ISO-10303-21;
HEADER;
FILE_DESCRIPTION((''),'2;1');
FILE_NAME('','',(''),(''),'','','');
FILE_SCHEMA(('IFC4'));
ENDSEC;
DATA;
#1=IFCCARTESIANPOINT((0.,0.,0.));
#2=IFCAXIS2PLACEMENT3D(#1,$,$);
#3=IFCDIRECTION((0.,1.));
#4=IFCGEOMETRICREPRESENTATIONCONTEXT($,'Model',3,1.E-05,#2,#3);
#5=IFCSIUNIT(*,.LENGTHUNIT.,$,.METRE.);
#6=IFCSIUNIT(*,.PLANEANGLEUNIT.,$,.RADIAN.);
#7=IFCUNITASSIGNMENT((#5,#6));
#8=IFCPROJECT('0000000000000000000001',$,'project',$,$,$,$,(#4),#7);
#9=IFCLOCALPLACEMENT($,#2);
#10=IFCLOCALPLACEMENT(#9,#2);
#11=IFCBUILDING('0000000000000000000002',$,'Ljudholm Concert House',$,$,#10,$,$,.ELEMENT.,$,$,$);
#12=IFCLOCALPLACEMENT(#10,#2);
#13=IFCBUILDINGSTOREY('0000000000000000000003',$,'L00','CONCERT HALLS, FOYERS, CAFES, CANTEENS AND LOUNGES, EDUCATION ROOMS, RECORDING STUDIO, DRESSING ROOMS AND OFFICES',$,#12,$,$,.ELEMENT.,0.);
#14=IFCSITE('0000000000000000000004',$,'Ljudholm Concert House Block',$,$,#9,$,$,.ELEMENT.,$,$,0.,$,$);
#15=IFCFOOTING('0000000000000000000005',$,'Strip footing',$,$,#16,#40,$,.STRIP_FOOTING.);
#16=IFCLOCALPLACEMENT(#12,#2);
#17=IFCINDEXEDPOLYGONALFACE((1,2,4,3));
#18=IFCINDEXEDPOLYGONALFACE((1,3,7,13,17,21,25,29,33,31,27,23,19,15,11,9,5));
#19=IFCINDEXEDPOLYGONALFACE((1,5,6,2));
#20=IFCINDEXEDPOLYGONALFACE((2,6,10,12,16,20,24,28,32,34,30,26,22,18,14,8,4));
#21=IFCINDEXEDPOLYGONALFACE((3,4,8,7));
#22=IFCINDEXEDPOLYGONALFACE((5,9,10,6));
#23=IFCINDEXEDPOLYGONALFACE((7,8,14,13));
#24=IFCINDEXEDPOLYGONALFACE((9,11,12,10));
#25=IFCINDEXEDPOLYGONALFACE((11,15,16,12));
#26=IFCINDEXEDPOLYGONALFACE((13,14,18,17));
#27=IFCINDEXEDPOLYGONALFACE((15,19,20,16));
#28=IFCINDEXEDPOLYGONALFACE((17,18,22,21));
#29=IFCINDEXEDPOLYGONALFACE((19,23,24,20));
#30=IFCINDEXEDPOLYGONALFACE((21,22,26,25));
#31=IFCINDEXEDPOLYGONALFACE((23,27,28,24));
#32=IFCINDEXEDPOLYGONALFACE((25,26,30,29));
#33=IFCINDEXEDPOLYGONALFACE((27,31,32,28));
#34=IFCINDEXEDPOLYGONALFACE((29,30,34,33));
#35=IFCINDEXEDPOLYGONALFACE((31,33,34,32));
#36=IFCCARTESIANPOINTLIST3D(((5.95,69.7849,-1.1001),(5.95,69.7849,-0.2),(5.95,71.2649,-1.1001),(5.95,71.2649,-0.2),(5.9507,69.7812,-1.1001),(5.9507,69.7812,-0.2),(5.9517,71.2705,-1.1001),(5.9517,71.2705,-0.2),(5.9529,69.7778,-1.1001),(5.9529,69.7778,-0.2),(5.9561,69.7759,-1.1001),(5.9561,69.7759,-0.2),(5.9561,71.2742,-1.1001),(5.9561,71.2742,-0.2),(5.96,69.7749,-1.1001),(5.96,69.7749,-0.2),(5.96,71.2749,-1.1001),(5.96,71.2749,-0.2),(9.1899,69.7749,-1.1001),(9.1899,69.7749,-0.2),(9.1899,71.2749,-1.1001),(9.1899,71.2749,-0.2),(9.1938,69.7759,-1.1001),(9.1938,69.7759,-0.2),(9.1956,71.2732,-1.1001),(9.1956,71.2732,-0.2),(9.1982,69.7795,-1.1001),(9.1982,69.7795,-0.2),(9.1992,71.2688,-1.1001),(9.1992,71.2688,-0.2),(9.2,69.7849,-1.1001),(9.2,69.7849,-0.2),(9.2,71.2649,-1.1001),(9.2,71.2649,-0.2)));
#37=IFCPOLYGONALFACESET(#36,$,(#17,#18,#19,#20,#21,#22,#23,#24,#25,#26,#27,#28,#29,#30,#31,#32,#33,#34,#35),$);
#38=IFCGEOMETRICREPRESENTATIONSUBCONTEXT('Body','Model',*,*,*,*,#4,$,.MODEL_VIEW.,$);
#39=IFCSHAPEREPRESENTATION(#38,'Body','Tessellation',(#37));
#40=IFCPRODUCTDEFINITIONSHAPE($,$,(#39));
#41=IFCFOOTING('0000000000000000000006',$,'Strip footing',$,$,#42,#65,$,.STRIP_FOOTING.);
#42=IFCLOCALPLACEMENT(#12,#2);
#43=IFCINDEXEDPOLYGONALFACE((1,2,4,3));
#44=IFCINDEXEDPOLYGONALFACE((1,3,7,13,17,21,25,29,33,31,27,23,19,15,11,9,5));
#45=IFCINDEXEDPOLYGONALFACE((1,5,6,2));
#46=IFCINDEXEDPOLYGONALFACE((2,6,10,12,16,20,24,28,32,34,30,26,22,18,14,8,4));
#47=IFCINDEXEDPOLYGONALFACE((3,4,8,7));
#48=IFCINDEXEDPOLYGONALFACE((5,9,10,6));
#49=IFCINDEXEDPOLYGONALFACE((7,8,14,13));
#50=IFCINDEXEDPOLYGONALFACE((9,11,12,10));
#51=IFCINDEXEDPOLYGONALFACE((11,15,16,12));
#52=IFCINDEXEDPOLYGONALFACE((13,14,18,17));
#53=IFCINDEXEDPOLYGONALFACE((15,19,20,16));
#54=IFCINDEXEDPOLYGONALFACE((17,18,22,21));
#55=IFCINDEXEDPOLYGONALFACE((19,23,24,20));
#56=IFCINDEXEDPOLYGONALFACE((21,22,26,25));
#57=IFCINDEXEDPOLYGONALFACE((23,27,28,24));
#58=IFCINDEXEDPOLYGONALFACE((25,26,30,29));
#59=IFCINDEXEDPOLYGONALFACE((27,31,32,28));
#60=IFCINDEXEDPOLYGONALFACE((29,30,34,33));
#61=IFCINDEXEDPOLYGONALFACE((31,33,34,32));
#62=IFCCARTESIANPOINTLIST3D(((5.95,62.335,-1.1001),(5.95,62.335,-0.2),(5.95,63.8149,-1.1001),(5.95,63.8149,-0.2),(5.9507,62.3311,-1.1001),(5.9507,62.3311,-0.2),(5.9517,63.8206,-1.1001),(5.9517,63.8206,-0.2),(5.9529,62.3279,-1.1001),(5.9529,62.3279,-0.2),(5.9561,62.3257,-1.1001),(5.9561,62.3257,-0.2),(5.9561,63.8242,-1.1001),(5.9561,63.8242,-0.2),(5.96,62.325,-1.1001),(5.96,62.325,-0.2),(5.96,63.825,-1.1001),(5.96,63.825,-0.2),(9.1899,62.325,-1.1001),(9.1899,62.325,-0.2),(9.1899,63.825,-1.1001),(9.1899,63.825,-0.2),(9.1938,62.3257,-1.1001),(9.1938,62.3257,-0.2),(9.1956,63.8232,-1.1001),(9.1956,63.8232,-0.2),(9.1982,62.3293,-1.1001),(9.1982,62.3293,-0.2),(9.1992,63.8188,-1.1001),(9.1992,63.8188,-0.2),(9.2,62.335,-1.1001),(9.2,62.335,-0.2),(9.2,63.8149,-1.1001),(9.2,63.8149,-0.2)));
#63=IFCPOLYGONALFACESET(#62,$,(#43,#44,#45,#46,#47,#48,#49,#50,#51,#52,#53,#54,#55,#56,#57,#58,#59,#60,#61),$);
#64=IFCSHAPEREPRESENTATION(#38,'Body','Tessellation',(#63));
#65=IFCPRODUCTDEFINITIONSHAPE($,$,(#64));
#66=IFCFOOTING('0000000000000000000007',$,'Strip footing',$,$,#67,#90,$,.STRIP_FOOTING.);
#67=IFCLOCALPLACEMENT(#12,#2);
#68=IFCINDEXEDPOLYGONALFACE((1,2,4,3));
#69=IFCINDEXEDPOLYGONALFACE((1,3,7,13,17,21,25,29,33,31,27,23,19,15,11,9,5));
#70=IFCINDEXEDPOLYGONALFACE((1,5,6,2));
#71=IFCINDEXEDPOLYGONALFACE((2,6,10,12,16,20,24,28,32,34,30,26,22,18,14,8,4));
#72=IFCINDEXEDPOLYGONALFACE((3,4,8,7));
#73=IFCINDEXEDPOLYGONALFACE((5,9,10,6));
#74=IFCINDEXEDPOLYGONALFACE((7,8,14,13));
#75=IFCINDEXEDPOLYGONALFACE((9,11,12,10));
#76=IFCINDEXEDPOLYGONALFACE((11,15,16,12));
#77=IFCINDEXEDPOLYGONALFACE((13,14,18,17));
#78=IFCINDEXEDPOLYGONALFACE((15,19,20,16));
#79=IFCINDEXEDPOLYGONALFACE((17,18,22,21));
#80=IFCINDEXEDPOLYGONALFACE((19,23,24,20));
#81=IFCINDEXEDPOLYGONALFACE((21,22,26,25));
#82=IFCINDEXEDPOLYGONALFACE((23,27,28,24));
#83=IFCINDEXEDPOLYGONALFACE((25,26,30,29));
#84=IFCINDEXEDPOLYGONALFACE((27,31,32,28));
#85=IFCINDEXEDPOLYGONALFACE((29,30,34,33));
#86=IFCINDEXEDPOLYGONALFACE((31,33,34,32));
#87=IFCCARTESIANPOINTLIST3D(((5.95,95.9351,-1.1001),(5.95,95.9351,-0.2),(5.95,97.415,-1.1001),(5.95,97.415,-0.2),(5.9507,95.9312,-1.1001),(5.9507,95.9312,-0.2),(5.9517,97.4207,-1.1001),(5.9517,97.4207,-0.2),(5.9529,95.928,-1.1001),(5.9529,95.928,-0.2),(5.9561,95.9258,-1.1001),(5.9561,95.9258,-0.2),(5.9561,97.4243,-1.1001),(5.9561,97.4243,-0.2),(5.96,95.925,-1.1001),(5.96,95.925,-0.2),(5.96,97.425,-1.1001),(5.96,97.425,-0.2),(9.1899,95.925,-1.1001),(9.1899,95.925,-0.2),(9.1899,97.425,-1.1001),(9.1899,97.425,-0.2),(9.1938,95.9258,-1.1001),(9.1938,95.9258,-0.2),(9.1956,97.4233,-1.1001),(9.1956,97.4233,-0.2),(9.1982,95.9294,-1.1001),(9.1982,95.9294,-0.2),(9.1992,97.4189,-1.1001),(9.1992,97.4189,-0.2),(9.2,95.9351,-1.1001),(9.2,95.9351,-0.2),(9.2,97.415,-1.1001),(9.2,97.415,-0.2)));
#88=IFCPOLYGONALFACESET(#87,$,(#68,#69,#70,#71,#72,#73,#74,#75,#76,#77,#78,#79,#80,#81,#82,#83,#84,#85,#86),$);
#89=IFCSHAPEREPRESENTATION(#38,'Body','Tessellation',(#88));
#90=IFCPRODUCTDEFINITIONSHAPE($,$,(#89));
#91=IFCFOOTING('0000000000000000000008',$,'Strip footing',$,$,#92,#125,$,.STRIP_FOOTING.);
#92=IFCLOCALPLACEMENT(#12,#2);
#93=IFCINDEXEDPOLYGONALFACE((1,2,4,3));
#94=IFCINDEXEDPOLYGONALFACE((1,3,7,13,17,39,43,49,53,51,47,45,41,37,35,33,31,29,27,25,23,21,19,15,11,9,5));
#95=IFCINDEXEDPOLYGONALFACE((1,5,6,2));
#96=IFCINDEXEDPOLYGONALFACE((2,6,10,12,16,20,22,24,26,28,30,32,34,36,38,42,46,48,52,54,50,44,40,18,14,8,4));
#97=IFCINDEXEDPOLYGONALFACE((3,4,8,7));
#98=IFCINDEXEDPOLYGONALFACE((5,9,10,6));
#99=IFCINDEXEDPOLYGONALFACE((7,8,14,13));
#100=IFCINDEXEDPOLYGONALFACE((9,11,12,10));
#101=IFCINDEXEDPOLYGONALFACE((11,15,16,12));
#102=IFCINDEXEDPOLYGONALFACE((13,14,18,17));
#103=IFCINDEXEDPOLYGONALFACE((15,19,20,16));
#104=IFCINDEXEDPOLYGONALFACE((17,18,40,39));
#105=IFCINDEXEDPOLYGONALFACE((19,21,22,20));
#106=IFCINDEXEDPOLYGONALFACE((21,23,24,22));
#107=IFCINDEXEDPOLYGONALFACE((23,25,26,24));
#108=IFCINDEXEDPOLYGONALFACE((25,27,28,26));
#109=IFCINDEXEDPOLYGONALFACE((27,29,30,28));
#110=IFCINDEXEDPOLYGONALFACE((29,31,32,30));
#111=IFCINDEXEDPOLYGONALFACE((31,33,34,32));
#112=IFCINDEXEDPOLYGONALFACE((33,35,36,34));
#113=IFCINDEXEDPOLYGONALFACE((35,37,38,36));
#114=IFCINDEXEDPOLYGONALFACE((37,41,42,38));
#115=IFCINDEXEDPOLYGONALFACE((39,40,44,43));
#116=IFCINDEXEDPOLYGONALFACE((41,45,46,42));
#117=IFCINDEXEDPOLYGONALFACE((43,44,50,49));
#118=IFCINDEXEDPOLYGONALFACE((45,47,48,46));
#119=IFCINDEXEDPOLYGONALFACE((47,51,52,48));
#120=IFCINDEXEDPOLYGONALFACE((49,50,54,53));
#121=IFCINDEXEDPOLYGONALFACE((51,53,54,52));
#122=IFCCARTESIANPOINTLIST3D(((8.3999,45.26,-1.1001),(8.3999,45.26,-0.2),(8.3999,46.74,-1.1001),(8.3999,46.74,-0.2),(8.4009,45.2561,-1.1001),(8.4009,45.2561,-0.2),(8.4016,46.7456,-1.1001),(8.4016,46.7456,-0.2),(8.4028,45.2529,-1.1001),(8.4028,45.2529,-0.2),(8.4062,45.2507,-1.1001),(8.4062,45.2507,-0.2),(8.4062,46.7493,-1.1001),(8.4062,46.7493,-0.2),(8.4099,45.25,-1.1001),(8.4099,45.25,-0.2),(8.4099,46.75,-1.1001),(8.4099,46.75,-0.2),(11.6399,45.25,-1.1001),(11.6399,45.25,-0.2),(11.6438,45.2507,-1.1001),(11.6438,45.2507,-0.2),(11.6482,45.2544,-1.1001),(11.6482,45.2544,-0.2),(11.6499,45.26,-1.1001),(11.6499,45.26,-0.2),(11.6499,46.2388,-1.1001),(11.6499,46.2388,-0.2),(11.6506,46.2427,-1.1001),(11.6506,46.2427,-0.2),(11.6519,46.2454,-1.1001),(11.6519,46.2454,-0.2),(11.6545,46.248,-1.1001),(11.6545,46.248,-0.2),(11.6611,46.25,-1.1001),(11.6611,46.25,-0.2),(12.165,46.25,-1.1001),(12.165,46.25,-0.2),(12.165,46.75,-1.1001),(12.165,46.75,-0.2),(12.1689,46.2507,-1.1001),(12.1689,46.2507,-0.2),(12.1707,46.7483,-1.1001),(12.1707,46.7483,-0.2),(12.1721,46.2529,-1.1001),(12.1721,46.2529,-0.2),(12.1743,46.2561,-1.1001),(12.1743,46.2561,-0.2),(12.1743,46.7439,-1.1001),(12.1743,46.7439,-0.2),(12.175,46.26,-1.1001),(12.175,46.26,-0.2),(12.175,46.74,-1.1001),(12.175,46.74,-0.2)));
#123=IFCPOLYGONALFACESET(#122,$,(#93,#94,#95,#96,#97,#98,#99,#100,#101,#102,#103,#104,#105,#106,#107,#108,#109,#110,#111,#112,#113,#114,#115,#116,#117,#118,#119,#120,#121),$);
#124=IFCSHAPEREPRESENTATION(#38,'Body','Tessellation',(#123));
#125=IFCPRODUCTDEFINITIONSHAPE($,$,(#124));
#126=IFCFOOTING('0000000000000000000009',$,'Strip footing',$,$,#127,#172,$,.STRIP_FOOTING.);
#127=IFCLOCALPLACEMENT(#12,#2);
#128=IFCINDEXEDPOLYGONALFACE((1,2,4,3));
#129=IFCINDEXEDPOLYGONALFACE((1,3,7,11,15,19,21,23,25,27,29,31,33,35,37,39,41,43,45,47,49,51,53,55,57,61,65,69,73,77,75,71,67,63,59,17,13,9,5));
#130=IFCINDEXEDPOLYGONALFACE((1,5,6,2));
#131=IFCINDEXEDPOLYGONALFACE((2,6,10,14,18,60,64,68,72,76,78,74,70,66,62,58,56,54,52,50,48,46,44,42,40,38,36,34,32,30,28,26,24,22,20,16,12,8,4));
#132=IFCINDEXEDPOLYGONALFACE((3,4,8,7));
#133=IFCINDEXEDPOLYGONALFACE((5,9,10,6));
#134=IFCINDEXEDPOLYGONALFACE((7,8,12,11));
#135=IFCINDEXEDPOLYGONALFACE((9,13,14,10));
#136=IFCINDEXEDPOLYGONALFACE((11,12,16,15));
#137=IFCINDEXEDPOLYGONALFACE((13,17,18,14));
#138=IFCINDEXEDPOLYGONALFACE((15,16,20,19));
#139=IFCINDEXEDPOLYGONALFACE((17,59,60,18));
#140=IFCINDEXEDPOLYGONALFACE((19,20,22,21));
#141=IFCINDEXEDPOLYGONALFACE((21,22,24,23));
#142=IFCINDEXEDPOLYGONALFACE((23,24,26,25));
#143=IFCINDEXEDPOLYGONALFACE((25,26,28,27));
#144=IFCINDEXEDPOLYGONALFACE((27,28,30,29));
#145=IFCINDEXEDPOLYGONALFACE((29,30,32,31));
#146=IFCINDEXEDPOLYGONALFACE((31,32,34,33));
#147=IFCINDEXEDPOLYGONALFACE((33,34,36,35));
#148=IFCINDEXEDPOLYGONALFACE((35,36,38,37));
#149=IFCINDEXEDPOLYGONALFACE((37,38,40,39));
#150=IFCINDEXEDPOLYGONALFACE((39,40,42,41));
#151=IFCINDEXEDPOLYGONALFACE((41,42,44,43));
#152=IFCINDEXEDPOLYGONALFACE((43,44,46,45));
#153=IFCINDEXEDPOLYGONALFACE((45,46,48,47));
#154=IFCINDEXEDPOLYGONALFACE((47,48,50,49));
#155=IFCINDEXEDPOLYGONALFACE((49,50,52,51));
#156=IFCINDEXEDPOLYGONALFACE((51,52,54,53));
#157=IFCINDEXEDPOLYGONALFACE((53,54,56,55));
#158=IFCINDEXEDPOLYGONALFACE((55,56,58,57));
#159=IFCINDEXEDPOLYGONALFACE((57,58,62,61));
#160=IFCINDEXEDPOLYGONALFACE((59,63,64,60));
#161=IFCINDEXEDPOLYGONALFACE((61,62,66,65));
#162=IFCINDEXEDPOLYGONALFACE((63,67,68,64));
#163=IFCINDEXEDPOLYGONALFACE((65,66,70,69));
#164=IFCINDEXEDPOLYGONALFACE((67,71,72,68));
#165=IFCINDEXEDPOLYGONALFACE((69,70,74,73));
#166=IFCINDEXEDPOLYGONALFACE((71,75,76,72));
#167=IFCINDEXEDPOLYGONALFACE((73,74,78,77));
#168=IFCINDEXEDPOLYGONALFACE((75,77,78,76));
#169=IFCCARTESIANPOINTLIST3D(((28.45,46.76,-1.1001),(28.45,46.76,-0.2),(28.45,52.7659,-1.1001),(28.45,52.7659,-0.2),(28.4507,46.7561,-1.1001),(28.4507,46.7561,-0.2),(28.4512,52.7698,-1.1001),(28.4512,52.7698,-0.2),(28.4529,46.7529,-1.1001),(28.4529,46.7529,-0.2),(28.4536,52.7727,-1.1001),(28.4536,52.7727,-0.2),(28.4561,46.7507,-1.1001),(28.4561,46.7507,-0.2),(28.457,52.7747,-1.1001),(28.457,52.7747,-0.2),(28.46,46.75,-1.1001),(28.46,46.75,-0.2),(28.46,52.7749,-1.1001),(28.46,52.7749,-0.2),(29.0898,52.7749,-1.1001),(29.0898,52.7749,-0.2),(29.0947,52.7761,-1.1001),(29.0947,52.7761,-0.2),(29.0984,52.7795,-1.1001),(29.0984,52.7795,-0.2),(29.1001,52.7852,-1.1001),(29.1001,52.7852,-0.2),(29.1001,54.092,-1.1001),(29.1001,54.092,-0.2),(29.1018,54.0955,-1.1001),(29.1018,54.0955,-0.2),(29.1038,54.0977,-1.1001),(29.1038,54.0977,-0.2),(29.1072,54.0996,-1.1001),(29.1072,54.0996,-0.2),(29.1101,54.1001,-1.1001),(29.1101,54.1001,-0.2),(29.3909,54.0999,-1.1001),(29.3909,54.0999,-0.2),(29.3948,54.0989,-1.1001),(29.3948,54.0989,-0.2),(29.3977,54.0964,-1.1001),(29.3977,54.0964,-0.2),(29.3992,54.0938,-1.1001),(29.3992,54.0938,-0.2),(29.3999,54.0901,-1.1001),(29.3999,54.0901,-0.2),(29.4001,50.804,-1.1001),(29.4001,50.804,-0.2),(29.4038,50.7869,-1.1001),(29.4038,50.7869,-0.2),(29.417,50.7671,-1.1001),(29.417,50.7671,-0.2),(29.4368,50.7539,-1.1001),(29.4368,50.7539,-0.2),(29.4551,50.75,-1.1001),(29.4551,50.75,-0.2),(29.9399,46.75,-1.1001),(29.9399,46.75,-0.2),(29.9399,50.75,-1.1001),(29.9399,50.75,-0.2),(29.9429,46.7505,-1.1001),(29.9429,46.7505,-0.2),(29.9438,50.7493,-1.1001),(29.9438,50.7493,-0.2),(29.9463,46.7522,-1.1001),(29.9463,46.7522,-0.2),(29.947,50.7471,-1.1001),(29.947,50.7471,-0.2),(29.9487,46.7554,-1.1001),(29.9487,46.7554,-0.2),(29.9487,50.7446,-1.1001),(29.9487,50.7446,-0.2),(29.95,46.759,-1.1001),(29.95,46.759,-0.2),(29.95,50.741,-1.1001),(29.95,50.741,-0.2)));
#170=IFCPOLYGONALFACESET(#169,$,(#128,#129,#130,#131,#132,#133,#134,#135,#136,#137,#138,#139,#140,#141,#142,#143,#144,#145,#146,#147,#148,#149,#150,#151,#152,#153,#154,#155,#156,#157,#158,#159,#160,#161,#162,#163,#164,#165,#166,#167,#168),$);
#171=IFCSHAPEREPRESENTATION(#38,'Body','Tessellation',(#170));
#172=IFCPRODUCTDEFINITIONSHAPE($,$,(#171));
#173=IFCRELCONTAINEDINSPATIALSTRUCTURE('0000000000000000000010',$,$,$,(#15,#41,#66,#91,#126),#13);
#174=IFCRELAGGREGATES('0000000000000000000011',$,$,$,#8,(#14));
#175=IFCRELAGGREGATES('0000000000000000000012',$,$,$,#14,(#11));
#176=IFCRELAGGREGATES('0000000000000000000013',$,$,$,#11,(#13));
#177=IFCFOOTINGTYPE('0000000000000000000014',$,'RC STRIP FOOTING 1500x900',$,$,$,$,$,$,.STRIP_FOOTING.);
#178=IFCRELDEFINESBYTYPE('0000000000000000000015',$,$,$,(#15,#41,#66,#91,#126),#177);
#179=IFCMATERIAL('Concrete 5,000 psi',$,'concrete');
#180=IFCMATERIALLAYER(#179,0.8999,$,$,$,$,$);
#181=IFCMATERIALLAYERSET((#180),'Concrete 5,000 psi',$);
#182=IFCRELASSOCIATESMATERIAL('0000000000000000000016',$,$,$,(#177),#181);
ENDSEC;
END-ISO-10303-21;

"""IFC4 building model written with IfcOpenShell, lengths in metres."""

from ifc_helpers import new_model, si_unit, direction, frame, origin, place, context, subcontext, project, spatial, polyline, outline, extrude, material, layer, layer_set, type_object, element, save


model = new_model("IFC4")

# Units and contexts
model_context = context("Model", 3, precision=1e-05, world=origin(), true_north=direction((0.0, 1.0)))
body_context = subcontext(model_context, "Body", "Model", "MODEL_VIEW")
ifc_project = project(units=[si_unit("LENGTHUNIT", "METRE"), si_unit("PLANEANGLEUNIT", "RADIAN")], contexts=[model_context])

# Site, building, storey
site_placement = place(None, origin())
site = spatial("IfcSite", under=ifc_project, at=site_placement, Name="Ljudholm Concert House Block", CompositionType="ELEMENT", RefElevation=0.0)
building_placement = place(site_placement, origin())
building = spatial("IfcBuilding", under=site, at=building_placement, Name="Ljudholm Concert House", CompositionType="ELEMENT")
storey_placement = place(building_placement, origin())
storey = spatial("IfcBuildingStorey", under=building, at=storey_placement, Name="L00", Description="CONCERT HALLS, FOYERS, CAFES, CANTEENS AND LOUNGES, EDUCATION ROOMS, RECORDING STUDIO, DRESSING ROOMS AND OFFICES", CompositionType="ELEMENT", Elevation=0.0)

# Footings
ifc_material_1 = material(Name="Concrete 5,000 psi", Category="concrete")
ifc_layer_1 = layer(ifc_material_1, 0.8999)
ifc_layer_set_1 = layer_set([ifc_layer_1], Name="Concrete 5,000 psi")
footing_type_1 = type_object("IfcFootingType", Name="RC STRIP FOOTING 1500x900", PredefinedType="STRIP_FOOTING", material=ifc_layer_set_1)
footing_1_placement = place(storey_placement, frame((0.0, 0.0, -1.1001)))
element("IfcFooting", 1, at=footing_1_placement, inside=storey, type_object=footing_type_1, Name="Strip footing", PredefinedType="STRIP_FOOTING", context=body_context, shape_type="SweptSolid", body=[
    extrude(outline(polyline([(5.96, 69.7749), (9.1899, 69.7749), (9.1938, 69.7759), (9.1982, 69.7795), (9.2, 69.7849), (9.2, 71.2649), (9.1992, 71.2688), (9.1956, 71.2732), (9.1899, 71.2749), (5.96, 71.2749), (5.9561, 71.2742), (5.9517, 71.2705), (5.95, 71.2649), (5.95, 69.7849), (5.9507, 69.7812), (5.9529, 69.7778), (5.9561, 69.7759), (5.96, 69.7749)])), origin(), (0.0, 0.0, 1.0), 0.9001),
])
footing_2_placement = place(storey_placement, frame((0.0, 0.0, -1.1001)))
element("IfcFooting", 2, at=footing_2_placement, inside=storey, type_object=footing_type_1, Name="Strip footing", PredefinedType="STRIP_FOOTING", context=body_context, shape_type="SweptSolid", body=[
    extrude(outline(polyline([(5.96, 62.325), (9.1899, 62.325), (9.1938, 62.3257), (9.1982, 62.3293), (9.2, 62.335), (9.2, 63.8149), (9.1992, 63.8188), (9.1956, 63.8232), (9.1899, 63.825), (5.96, 63.825), (5.9561, 63.8242), (5.9517, 63.8206), (5.95, 63.8149), (5.95, 62.335), (5.9507, 62.3311), (5.9529, 62.3279), (5.9561, 62.3257), (5.96, 62.325)])), origin(), (0.0, 0.0, 1.0), 0.9001),
])
footing_3_placement = place(storey_placement, frame((0.0, 0.0, -1.1001)))
element("IfcFooting", 3, at=footing_3_placement, inside=storey, type_object=footing_type_1, Name="Strip footing", PredefinedType="STRIP_FOOTING", context=body_context, shape_type="SweptSolid", body=[
    extrude(outline(polyline([(5.96, 95.925), (9.1899, 95.925), (9.1938, 95.9258), (9.1982, 95.9294), (9.2, 95.9351), (9.2, 97.415), (9.1992, 97.4189), (9.1956, 97.4233), (9.1899, 97.425), (5.96, 97.425), (5.9561, 97.4243), (5.9517, 97.4207), (5.95, 97.415), (5.95, 95.9351), (5.9507, 95.9312), (5.9529, 95.928), (5.9561, 95.9258), (5.96, 95.925)])), origin(), (0.0, 0.0, 1.0), 0.9001),
])
footing_4_placement = place(storey_placement, frame((0.0, 0.0, -1.1001)))
element("IfcFooting", 4, at=footing_4_placement, inside=storey, type_object=footing_type_1, Name="Strip footing", PredefinedType="STRIP_FOOTING", context=body_context, shape_type="SweptSolid", body=[
    extrude(outline(polyline([(8.4099, 45.25), (11.6399, 45.25), (11.6438, 45.2507), (11.6482, 45.2544), (11.6499, 45.26), (11.6499, 46.2388), (11.6506, 46.2427), (11.6519, 46.2454), (11.6545, 46.248), (11.6611, 46.25), (12.165, 46.25), (12.1689, 46.2507), (12.1721, 46.2529), (12.1743, 46.2561), (12.175, 46.26), (12.175, 46.74), (12.1743, 46.7439), (12.1707, 46.7483), (12.165, 46.75), (8.4099, 46.75), (8.4062, 46.7493), (8.4016, 46.7456), (8.3999, 46.74), (8.3999, 45.26), (8.4009, 45.2561), (8.4028, 45.2529), (8.4062, 45.2507), (8.4099, 45.25)])), origin(), (0.0, 0.0, 1.0), 0.9001),
])
footing_5_placement = place(storey_placement, frame((0.0, 0.0, -1.1001)))
element("IfcFooting", 5, at=footing_5_placement, inside=storey, type_object=footing_type_1, Name="Strip footing", PredefinedType="STRIP_FOOTING", context=body_context, shape_type="SweptSolid", body=[
    extrude(outline(polyline([(28.46, 46.75), (29.9399, 46.75), (29.9429, 46.7505), (29.9463, 46.7522), (29.9487, 46.7554), (29.95, 46.759), (29.95, 50.741), (29.9487, 50.7446), (29.947, 50.7471), (29.9438, 50.7493), (29.9399, 50.75), (29.4551, 50.75), (29.4368, 50.7539), (29.417, 50.7671), (29.4038, 50.7869), (29.4001, 50.804), (29.3999, 54.0901), (29.3992, 54.0938), (29.3977, 54.0964), (29.3948, 54.0989), (29.3909, 54.0999), (29.1101, 54.1001), (29.1072, 54.0996), (29.1038, 54.0977), (29.1018, 54.0955), (29.1001, 54.092), (29.1001, 52.7852), (29.0984, 52.7795), (29.0947, 52.7761), (29.0898, 52.7749), (28.46, 52.7749), (28.457, 52.7747), (28.4536, 52.7727), (28.4512, 52.7698), (28.45, 52.7659), (28.45, 46.76), (28.4507, 46.7561), (28.4529, 46.7529), (28.4561, 46.7507), (28.46, 46.75)])), origin(), (0.0, 0.0, 1.0), 0.9001),
])

save(model, "model.ifc")
